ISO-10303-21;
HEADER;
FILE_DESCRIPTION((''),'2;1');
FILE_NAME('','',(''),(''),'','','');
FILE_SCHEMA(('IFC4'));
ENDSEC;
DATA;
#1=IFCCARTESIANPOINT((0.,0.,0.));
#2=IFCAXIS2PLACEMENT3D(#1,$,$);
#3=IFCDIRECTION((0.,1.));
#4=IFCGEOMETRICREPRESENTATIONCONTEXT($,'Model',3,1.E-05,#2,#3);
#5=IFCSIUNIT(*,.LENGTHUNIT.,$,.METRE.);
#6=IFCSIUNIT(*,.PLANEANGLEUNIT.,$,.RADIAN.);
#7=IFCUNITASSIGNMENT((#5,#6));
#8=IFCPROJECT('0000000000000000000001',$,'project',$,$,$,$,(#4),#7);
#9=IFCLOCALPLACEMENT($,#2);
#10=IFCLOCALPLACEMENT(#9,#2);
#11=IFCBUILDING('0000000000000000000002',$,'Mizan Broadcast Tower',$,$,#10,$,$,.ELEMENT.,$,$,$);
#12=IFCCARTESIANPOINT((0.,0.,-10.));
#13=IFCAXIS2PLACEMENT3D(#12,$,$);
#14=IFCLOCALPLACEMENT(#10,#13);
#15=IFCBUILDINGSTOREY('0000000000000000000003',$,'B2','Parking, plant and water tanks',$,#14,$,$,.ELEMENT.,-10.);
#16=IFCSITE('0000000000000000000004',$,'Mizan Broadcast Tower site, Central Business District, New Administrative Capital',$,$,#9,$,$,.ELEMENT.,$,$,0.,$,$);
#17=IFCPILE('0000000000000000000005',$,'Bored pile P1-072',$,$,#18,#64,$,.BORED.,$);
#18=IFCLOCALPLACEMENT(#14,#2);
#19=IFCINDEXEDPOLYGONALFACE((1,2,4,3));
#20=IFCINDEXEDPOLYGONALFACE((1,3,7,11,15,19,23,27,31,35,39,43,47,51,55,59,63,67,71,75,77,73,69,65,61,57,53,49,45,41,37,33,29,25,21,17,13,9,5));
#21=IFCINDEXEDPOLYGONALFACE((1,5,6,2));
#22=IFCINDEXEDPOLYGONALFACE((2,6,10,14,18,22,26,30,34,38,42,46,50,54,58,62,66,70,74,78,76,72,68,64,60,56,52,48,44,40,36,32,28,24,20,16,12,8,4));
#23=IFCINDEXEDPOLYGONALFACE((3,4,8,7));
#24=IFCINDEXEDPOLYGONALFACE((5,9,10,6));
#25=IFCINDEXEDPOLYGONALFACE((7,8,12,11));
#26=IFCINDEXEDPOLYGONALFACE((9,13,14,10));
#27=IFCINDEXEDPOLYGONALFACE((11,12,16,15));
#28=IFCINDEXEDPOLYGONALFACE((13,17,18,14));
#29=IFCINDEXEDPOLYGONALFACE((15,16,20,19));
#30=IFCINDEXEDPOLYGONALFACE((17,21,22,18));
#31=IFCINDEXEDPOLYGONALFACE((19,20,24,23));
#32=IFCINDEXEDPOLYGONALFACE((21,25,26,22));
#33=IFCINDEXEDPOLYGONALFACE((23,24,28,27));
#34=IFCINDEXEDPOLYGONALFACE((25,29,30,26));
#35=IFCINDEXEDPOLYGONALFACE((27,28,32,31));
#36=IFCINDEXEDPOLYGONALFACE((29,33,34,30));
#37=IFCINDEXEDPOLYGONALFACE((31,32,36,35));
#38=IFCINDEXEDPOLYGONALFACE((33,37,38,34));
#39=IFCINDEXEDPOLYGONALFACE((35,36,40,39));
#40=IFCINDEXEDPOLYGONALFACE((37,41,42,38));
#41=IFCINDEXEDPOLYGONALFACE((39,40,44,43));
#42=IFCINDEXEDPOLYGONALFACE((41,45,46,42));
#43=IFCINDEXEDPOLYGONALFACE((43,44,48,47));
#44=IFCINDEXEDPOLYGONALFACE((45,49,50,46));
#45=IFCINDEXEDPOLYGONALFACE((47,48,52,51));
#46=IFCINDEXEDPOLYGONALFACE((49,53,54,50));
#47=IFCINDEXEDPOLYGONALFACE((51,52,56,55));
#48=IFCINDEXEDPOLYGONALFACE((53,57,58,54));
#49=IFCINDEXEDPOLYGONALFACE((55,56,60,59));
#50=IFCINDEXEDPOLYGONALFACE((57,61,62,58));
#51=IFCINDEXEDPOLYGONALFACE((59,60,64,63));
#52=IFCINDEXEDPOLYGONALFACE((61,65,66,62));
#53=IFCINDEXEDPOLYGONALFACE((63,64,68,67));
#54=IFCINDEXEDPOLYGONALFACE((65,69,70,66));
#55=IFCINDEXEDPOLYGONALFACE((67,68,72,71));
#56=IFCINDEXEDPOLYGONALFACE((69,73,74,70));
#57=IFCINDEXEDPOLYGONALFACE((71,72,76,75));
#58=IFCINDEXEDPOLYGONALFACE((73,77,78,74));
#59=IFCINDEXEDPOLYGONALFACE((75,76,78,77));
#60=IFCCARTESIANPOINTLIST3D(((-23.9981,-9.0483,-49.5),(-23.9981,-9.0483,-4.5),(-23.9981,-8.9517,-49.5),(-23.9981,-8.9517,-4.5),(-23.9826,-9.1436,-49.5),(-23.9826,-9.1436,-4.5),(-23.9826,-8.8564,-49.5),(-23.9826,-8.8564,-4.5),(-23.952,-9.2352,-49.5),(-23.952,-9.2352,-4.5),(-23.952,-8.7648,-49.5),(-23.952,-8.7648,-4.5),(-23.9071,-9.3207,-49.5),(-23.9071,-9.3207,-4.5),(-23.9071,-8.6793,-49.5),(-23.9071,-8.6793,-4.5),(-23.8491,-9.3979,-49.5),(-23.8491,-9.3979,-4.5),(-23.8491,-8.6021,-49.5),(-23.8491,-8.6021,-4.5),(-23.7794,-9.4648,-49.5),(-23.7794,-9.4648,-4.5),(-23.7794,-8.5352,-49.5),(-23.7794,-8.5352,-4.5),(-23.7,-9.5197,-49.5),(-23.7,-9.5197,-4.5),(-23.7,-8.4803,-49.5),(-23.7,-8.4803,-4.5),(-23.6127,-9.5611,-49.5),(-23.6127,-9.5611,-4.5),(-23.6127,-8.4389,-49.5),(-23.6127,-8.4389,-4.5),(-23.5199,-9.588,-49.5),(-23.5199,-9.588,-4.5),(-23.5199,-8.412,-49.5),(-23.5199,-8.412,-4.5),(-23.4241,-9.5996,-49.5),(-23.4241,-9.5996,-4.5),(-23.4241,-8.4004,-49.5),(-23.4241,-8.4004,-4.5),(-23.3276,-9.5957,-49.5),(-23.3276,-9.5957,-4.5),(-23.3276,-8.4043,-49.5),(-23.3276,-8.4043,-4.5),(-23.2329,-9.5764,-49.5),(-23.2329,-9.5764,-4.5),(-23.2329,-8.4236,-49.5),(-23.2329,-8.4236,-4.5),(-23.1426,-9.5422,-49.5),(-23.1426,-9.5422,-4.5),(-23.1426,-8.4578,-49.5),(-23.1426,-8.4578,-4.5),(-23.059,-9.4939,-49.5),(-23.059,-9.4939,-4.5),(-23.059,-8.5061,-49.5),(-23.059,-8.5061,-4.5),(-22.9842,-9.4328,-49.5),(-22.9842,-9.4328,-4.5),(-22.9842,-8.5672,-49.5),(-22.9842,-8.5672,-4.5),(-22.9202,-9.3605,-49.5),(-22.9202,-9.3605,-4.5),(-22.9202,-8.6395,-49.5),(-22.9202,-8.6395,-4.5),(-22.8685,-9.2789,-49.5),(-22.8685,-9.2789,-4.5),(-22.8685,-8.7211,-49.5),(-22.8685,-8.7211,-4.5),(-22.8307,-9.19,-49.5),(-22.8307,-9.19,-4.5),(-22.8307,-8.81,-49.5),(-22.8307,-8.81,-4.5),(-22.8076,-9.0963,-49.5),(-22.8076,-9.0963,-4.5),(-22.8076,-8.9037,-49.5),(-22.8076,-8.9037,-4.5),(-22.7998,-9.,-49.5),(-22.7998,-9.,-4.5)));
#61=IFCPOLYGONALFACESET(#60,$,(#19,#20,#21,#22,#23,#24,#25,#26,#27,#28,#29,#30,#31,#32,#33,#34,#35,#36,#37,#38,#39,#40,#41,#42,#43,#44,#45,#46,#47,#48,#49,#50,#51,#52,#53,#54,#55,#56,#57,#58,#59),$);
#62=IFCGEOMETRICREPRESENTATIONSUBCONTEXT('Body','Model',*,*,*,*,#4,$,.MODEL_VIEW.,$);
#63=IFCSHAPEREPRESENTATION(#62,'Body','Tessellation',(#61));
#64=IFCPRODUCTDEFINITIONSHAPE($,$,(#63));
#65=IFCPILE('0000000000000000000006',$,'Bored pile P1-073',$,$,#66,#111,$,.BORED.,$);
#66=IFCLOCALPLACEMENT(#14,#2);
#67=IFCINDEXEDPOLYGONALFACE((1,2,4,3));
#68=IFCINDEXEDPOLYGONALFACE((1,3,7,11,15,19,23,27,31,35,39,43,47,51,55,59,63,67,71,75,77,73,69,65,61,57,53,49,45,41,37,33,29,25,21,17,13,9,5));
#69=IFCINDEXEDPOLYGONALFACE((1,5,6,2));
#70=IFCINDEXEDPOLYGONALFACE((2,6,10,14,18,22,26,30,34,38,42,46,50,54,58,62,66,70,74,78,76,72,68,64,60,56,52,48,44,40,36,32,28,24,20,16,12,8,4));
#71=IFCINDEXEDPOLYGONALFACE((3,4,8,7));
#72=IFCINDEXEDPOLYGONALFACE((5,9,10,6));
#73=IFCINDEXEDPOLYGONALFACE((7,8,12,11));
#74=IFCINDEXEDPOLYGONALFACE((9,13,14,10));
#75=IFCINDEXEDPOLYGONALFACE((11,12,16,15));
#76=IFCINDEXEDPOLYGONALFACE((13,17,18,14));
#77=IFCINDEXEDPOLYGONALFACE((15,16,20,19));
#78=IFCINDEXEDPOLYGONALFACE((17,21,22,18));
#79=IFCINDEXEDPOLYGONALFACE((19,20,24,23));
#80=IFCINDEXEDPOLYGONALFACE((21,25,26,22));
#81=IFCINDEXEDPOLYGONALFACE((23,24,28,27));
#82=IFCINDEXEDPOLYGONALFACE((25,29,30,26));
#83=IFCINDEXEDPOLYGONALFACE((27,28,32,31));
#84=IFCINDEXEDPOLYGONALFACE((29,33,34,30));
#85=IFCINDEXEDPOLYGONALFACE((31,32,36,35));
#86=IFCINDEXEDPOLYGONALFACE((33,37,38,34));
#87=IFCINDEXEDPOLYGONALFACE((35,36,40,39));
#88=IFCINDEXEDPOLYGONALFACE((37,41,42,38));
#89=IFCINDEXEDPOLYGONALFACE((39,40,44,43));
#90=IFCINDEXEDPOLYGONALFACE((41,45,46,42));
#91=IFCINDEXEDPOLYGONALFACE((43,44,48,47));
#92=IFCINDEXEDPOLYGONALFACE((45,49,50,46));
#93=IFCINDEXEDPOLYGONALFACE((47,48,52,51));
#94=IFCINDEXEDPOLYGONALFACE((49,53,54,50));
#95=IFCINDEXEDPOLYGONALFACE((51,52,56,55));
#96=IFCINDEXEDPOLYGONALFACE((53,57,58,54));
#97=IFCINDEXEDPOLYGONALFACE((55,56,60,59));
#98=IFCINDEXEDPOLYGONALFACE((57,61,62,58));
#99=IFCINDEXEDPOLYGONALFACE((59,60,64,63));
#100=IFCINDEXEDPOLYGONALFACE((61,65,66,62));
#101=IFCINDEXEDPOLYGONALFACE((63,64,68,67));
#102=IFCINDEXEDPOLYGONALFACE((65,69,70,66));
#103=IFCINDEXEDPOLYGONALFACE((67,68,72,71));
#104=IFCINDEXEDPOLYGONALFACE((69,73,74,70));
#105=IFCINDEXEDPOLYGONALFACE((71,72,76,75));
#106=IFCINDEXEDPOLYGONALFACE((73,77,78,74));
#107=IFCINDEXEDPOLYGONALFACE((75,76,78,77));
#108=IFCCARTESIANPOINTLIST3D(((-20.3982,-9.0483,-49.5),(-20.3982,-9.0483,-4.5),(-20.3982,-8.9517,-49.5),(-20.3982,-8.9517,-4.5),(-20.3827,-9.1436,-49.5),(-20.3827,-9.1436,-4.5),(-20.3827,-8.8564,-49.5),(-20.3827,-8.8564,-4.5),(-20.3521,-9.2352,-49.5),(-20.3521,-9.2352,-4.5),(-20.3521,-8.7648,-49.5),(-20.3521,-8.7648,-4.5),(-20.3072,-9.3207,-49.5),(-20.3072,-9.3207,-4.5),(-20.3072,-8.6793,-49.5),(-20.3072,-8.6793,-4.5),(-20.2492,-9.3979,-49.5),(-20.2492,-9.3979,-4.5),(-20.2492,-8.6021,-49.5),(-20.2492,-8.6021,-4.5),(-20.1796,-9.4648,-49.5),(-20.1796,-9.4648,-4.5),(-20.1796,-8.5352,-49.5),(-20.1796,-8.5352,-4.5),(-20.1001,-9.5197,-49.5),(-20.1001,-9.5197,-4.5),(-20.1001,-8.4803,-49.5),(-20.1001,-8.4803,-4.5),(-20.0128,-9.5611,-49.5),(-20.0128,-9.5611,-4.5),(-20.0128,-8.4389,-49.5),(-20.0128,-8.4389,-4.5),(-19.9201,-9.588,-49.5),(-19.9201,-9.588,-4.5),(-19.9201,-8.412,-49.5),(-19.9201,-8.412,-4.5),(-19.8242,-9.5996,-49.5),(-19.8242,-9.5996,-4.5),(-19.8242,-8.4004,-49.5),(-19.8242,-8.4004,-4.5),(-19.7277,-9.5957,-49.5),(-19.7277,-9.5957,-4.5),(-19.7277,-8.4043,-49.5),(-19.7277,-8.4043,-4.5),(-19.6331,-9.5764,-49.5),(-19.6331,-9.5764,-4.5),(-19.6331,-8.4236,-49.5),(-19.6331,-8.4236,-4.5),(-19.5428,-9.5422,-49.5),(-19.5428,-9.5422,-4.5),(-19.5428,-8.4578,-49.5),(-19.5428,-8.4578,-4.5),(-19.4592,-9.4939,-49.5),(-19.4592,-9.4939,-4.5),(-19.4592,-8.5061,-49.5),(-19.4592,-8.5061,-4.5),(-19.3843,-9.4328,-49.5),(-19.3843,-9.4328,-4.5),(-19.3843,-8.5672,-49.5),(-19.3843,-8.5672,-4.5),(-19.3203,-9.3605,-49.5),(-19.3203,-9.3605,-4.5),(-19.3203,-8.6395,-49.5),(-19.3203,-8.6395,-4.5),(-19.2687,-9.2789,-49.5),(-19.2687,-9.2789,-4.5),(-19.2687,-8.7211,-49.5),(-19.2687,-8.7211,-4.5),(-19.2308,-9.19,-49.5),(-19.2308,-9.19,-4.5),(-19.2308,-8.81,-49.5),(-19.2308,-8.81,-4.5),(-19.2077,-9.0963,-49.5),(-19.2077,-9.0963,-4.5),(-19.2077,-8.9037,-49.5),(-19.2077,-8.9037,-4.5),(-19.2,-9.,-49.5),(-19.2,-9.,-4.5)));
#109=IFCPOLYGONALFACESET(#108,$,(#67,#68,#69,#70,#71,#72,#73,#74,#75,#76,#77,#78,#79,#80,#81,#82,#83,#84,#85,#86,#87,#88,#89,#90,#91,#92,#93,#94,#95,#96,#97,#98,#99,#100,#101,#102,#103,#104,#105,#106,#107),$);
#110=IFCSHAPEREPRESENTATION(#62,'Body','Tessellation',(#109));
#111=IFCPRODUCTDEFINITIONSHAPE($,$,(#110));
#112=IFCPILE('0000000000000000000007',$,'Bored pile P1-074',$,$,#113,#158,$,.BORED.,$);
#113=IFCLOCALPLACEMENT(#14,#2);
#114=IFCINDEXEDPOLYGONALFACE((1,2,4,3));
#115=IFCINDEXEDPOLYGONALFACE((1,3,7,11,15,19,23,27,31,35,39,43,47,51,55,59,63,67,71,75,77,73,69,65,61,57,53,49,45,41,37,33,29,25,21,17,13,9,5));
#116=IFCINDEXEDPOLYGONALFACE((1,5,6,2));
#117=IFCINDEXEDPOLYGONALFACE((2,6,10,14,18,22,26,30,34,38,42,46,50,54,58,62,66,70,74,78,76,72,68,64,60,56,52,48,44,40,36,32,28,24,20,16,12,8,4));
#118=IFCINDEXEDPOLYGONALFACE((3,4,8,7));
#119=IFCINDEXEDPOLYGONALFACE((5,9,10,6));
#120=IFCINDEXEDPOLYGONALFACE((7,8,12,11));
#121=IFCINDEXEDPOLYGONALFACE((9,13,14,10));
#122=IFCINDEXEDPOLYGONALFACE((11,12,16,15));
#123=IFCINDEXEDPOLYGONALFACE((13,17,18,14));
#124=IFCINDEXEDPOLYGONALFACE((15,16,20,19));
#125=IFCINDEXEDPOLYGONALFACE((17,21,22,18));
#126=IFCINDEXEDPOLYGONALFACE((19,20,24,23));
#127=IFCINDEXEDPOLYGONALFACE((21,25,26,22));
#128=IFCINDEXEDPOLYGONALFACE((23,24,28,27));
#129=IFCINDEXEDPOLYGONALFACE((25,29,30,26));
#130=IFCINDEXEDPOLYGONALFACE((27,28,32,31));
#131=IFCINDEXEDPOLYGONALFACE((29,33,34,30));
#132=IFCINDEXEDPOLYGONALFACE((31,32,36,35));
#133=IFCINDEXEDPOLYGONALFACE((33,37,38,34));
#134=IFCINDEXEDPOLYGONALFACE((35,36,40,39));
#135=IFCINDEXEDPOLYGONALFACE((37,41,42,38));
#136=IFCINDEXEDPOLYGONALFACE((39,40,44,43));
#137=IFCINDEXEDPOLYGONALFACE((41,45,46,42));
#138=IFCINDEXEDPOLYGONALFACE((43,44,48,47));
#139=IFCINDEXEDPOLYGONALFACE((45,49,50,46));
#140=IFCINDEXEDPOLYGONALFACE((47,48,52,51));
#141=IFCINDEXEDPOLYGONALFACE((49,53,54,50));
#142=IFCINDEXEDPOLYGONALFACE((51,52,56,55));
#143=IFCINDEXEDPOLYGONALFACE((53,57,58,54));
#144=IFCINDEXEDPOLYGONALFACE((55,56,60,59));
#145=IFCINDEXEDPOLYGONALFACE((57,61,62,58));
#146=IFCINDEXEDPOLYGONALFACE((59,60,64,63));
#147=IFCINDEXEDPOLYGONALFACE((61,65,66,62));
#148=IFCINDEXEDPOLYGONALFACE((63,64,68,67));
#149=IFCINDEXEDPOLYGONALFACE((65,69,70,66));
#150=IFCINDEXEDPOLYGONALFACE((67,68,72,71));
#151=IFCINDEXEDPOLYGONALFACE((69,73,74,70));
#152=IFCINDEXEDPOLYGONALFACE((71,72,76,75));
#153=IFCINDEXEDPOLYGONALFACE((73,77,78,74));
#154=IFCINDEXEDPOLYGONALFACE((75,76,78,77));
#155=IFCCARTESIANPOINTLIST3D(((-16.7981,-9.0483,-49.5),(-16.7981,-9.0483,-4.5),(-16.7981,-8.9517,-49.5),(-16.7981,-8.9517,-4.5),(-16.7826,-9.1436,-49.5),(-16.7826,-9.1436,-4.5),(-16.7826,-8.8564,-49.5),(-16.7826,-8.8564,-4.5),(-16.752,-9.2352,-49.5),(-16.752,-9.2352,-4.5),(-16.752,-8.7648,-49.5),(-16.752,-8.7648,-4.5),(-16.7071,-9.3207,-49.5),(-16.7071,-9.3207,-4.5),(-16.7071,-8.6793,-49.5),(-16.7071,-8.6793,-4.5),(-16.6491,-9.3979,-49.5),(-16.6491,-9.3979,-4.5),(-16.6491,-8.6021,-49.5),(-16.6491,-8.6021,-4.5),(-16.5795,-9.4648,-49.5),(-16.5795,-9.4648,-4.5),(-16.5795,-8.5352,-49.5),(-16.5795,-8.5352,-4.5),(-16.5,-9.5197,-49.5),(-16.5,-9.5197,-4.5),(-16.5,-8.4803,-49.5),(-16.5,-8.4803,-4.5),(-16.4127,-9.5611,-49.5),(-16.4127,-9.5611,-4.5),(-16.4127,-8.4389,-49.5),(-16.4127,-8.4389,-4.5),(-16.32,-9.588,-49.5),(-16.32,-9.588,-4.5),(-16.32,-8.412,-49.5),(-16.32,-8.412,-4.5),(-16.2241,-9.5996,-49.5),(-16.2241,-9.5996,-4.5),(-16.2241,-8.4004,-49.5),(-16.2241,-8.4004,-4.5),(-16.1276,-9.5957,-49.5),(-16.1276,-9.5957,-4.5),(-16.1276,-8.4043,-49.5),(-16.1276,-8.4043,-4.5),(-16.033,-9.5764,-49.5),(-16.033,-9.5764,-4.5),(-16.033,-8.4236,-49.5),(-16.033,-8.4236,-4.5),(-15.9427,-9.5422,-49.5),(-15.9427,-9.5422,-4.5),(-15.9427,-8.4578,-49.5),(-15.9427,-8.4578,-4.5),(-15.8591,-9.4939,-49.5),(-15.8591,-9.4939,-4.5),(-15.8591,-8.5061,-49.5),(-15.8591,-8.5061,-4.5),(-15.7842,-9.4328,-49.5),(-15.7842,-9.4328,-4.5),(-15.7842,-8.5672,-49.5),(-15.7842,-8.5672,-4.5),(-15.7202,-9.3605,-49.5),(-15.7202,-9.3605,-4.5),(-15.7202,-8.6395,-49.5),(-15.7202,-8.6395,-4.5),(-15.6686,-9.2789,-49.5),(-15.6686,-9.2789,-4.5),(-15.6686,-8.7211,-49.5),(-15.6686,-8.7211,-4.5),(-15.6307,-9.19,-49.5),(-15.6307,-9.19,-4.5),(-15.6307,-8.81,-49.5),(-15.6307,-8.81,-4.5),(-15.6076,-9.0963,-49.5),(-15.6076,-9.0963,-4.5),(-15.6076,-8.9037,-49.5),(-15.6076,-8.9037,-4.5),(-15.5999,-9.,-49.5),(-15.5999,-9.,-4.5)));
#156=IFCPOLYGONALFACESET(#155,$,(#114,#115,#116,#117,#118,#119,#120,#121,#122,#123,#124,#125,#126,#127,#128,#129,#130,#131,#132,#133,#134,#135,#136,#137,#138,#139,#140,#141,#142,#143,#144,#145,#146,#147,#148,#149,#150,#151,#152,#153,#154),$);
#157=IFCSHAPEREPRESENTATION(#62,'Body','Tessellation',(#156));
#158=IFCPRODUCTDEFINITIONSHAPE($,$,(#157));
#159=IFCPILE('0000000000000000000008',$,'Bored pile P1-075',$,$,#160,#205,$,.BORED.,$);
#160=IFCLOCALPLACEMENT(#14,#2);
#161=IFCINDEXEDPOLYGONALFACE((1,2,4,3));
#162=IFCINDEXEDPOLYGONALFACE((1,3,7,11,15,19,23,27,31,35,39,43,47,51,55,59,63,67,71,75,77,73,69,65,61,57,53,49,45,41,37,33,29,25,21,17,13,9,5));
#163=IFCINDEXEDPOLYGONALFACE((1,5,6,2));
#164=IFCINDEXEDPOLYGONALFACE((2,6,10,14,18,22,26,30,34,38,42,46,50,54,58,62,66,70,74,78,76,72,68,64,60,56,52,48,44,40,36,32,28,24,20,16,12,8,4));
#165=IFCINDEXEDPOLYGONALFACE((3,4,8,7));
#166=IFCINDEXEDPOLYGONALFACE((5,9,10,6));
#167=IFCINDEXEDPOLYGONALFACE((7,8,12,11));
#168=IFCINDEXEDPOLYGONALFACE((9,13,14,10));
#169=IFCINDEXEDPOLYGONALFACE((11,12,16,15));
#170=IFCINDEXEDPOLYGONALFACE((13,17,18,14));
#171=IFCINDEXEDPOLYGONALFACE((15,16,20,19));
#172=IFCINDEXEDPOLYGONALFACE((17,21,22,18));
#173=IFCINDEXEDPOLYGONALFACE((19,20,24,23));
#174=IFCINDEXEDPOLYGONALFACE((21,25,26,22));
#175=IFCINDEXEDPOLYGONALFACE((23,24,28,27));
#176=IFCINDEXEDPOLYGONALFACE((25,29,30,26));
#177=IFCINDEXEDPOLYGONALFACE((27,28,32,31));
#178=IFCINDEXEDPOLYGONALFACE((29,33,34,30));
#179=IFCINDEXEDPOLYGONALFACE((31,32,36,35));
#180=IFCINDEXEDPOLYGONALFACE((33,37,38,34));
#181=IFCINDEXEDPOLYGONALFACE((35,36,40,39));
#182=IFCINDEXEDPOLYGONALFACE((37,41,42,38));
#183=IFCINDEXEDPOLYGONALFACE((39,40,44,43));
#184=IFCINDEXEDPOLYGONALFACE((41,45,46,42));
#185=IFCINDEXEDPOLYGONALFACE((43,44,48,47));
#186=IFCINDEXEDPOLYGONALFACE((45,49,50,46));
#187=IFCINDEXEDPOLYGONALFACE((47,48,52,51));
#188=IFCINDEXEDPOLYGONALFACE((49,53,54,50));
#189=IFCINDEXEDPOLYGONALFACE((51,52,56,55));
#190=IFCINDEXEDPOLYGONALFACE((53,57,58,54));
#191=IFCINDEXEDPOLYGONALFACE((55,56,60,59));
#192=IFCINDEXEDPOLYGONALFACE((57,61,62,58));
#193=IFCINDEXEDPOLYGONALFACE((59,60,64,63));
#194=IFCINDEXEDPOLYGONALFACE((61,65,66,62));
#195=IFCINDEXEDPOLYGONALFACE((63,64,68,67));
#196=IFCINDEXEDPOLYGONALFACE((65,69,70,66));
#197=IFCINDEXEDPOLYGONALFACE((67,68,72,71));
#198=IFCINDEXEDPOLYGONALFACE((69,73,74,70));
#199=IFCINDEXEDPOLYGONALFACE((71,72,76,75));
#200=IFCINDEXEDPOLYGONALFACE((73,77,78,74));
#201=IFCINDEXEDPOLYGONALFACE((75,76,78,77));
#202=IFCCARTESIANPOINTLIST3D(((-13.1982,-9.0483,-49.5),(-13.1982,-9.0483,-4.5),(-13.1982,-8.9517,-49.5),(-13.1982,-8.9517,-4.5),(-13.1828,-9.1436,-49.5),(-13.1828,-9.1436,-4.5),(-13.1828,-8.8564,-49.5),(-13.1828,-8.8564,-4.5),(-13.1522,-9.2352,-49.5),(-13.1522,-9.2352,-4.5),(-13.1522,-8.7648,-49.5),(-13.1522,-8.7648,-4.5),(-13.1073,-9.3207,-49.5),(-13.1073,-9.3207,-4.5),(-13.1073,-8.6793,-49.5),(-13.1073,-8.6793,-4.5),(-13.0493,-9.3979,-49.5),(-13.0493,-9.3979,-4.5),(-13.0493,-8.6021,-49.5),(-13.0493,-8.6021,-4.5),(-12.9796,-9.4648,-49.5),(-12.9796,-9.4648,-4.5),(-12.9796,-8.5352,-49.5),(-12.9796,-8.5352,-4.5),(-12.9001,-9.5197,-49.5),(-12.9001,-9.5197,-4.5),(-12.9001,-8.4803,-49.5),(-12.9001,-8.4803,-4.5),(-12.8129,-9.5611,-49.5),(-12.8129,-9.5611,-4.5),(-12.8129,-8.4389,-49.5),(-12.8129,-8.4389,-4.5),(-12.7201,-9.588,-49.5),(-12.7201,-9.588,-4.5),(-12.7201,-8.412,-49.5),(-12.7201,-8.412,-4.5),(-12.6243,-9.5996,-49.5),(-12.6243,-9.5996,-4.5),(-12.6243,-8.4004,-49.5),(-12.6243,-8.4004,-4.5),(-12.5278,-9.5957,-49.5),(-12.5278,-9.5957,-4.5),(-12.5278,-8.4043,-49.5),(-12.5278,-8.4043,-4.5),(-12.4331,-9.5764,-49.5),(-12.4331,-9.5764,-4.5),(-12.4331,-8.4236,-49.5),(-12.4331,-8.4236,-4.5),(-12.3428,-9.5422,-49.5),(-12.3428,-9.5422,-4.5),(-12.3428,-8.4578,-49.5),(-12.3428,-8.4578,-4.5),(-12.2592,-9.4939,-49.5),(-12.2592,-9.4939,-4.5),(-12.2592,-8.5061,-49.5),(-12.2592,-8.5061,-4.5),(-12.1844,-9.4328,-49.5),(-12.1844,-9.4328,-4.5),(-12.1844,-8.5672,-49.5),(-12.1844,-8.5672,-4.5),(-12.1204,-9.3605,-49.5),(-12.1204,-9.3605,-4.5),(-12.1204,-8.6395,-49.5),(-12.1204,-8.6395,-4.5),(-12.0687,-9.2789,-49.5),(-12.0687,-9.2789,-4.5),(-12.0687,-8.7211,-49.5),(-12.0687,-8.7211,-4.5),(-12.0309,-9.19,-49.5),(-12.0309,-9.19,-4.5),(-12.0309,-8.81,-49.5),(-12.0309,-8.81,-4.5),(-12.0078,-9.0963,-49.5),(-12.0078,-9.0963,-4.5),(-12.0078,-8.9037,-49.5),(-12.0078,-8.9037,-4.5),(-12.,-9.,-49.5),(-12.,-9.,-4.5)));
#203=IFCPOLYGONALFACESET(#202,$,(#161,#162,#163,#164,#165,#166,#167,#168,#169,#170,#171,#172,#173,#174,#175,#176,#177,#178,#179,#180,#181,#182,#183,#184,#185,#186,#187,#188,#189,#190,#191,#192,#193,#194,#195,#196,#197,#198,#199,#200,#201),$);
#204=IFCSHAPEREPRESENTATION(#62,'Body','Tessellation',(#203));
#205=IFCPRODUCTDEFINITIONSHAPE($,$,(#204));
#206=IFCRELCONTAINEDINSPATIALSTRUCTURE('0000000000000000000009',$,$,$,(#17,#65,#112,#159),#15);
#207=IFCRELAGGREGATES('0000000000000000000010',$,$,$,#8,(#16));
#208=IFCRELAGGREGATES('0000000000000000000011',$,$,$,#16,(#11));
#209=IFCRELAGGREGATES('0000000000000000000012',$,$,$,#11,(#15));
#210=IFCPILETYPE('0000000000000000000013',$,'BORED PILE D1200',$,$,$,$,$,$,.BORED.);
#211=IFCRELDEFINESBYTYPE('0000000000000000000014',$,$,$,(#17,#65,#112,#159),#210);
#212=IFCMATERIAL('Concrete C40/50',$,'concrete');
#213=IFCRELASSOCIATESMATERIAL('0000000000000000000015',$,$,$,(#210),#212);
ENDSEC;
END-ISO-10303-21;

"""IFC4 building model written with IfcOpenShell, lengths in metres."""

from ifc_helpers import new_model, si_unit, direction, frame, origin, origin_2d, place, context, subcontext, project, spatial, circle, extrude, material, material_profile, profile_set, type_object, element, save


model = new_model("IFC4")

# Units and contexts
model_context = context("Model", 3, precision=1e-05, world=origin(), true_north=direction((0.0, 1.0)))
body_context = subcontext(model_context, "Body", "Model", "MODEL_VIEW")
ifc_project = project(units=[si_unit("LENGTHUNIT", "METRE"), si_unit("PLANEANGLEUNIT", "RADIAN")], contexts=[model_context])

# Site, building, storey
site_placement = place(None, origin())
site = spatial("IfcSite", under=ifc_project, at=site_placement, Name="Mizan Broadcast Tower site, Central Business District, New Administrative Capital", CompositionType="ELEMENT", RefElevation=0.0)
building_placement = place(site_placement, origin())
building = spatial("IfcBuilding", under=site, at=building_placement, Name="Mizan Broadcast Tower", CompositionType="ELEMENT")
storey_placement = place(building_placement, frame((0.0, 0.0, -10.0)))
storey = spatial("IfcBuildingStorey", under=building, at=storey_placement, Name="B2", Description="Parking, plant and water tanks", CompositionType="ELEMENT", Elevation=-10.0)

# Piles
ifc_material_1 = material(Name="Concrete C40/50", Category="concrete")
ifc_material_profile_1 = material_profile(ifc_material_1, circle(Radius=0.6001, at=origin_2d()), Name="D1200")
ifc_profile_set_1 = profile_set([ifc_material_profile_1], Name="Concrete C40/50")
pile_type_1 = type_object("IfcPileType", Name="BORED PILE D1200", PredefinedType="BORED", material=ifc_profile_set_1)
for number, where, z_axis, x_axis, name in (
    (1, (-23.3999, -9.0, -4.5), (0.0, 0.0, -1.0), (1.0, 0.0, 0.0), "Bored pile P1-072"),
    (2, (-19.8, -9.0, -4.5), (0.0, 0.0, -1.0), (1.0, 0.0, 0.0), "Bored pile P1-073"),
    (3, (-16.2, -9.0, -4.5), (0.0, 0.0, -1.0), (1.0, 0.0, 0.0), "Bored pile P1-074"),
    (4, (-12.6001, -9.0, -4.5), (0.0, 0.0, -1.0), (1.0, 0.0, 0.0), "Bored pile P1-075"),
):
    element("IfcPile", number, at=place(storey_placement, frame(where, z_axis=z_axis, x_axis=x_axis)), inside=storey, type_object=pile_type_1, Name=name, PredefinedType="BORED", context=body_context, shape_type="SweptSolid", body=[
        extrude(circle(Radius=0.6001, at=origin_2d()), origin(), (0.0, 0.0, 1.0), 45.0),
    ])

save(model, "model.ifc")
